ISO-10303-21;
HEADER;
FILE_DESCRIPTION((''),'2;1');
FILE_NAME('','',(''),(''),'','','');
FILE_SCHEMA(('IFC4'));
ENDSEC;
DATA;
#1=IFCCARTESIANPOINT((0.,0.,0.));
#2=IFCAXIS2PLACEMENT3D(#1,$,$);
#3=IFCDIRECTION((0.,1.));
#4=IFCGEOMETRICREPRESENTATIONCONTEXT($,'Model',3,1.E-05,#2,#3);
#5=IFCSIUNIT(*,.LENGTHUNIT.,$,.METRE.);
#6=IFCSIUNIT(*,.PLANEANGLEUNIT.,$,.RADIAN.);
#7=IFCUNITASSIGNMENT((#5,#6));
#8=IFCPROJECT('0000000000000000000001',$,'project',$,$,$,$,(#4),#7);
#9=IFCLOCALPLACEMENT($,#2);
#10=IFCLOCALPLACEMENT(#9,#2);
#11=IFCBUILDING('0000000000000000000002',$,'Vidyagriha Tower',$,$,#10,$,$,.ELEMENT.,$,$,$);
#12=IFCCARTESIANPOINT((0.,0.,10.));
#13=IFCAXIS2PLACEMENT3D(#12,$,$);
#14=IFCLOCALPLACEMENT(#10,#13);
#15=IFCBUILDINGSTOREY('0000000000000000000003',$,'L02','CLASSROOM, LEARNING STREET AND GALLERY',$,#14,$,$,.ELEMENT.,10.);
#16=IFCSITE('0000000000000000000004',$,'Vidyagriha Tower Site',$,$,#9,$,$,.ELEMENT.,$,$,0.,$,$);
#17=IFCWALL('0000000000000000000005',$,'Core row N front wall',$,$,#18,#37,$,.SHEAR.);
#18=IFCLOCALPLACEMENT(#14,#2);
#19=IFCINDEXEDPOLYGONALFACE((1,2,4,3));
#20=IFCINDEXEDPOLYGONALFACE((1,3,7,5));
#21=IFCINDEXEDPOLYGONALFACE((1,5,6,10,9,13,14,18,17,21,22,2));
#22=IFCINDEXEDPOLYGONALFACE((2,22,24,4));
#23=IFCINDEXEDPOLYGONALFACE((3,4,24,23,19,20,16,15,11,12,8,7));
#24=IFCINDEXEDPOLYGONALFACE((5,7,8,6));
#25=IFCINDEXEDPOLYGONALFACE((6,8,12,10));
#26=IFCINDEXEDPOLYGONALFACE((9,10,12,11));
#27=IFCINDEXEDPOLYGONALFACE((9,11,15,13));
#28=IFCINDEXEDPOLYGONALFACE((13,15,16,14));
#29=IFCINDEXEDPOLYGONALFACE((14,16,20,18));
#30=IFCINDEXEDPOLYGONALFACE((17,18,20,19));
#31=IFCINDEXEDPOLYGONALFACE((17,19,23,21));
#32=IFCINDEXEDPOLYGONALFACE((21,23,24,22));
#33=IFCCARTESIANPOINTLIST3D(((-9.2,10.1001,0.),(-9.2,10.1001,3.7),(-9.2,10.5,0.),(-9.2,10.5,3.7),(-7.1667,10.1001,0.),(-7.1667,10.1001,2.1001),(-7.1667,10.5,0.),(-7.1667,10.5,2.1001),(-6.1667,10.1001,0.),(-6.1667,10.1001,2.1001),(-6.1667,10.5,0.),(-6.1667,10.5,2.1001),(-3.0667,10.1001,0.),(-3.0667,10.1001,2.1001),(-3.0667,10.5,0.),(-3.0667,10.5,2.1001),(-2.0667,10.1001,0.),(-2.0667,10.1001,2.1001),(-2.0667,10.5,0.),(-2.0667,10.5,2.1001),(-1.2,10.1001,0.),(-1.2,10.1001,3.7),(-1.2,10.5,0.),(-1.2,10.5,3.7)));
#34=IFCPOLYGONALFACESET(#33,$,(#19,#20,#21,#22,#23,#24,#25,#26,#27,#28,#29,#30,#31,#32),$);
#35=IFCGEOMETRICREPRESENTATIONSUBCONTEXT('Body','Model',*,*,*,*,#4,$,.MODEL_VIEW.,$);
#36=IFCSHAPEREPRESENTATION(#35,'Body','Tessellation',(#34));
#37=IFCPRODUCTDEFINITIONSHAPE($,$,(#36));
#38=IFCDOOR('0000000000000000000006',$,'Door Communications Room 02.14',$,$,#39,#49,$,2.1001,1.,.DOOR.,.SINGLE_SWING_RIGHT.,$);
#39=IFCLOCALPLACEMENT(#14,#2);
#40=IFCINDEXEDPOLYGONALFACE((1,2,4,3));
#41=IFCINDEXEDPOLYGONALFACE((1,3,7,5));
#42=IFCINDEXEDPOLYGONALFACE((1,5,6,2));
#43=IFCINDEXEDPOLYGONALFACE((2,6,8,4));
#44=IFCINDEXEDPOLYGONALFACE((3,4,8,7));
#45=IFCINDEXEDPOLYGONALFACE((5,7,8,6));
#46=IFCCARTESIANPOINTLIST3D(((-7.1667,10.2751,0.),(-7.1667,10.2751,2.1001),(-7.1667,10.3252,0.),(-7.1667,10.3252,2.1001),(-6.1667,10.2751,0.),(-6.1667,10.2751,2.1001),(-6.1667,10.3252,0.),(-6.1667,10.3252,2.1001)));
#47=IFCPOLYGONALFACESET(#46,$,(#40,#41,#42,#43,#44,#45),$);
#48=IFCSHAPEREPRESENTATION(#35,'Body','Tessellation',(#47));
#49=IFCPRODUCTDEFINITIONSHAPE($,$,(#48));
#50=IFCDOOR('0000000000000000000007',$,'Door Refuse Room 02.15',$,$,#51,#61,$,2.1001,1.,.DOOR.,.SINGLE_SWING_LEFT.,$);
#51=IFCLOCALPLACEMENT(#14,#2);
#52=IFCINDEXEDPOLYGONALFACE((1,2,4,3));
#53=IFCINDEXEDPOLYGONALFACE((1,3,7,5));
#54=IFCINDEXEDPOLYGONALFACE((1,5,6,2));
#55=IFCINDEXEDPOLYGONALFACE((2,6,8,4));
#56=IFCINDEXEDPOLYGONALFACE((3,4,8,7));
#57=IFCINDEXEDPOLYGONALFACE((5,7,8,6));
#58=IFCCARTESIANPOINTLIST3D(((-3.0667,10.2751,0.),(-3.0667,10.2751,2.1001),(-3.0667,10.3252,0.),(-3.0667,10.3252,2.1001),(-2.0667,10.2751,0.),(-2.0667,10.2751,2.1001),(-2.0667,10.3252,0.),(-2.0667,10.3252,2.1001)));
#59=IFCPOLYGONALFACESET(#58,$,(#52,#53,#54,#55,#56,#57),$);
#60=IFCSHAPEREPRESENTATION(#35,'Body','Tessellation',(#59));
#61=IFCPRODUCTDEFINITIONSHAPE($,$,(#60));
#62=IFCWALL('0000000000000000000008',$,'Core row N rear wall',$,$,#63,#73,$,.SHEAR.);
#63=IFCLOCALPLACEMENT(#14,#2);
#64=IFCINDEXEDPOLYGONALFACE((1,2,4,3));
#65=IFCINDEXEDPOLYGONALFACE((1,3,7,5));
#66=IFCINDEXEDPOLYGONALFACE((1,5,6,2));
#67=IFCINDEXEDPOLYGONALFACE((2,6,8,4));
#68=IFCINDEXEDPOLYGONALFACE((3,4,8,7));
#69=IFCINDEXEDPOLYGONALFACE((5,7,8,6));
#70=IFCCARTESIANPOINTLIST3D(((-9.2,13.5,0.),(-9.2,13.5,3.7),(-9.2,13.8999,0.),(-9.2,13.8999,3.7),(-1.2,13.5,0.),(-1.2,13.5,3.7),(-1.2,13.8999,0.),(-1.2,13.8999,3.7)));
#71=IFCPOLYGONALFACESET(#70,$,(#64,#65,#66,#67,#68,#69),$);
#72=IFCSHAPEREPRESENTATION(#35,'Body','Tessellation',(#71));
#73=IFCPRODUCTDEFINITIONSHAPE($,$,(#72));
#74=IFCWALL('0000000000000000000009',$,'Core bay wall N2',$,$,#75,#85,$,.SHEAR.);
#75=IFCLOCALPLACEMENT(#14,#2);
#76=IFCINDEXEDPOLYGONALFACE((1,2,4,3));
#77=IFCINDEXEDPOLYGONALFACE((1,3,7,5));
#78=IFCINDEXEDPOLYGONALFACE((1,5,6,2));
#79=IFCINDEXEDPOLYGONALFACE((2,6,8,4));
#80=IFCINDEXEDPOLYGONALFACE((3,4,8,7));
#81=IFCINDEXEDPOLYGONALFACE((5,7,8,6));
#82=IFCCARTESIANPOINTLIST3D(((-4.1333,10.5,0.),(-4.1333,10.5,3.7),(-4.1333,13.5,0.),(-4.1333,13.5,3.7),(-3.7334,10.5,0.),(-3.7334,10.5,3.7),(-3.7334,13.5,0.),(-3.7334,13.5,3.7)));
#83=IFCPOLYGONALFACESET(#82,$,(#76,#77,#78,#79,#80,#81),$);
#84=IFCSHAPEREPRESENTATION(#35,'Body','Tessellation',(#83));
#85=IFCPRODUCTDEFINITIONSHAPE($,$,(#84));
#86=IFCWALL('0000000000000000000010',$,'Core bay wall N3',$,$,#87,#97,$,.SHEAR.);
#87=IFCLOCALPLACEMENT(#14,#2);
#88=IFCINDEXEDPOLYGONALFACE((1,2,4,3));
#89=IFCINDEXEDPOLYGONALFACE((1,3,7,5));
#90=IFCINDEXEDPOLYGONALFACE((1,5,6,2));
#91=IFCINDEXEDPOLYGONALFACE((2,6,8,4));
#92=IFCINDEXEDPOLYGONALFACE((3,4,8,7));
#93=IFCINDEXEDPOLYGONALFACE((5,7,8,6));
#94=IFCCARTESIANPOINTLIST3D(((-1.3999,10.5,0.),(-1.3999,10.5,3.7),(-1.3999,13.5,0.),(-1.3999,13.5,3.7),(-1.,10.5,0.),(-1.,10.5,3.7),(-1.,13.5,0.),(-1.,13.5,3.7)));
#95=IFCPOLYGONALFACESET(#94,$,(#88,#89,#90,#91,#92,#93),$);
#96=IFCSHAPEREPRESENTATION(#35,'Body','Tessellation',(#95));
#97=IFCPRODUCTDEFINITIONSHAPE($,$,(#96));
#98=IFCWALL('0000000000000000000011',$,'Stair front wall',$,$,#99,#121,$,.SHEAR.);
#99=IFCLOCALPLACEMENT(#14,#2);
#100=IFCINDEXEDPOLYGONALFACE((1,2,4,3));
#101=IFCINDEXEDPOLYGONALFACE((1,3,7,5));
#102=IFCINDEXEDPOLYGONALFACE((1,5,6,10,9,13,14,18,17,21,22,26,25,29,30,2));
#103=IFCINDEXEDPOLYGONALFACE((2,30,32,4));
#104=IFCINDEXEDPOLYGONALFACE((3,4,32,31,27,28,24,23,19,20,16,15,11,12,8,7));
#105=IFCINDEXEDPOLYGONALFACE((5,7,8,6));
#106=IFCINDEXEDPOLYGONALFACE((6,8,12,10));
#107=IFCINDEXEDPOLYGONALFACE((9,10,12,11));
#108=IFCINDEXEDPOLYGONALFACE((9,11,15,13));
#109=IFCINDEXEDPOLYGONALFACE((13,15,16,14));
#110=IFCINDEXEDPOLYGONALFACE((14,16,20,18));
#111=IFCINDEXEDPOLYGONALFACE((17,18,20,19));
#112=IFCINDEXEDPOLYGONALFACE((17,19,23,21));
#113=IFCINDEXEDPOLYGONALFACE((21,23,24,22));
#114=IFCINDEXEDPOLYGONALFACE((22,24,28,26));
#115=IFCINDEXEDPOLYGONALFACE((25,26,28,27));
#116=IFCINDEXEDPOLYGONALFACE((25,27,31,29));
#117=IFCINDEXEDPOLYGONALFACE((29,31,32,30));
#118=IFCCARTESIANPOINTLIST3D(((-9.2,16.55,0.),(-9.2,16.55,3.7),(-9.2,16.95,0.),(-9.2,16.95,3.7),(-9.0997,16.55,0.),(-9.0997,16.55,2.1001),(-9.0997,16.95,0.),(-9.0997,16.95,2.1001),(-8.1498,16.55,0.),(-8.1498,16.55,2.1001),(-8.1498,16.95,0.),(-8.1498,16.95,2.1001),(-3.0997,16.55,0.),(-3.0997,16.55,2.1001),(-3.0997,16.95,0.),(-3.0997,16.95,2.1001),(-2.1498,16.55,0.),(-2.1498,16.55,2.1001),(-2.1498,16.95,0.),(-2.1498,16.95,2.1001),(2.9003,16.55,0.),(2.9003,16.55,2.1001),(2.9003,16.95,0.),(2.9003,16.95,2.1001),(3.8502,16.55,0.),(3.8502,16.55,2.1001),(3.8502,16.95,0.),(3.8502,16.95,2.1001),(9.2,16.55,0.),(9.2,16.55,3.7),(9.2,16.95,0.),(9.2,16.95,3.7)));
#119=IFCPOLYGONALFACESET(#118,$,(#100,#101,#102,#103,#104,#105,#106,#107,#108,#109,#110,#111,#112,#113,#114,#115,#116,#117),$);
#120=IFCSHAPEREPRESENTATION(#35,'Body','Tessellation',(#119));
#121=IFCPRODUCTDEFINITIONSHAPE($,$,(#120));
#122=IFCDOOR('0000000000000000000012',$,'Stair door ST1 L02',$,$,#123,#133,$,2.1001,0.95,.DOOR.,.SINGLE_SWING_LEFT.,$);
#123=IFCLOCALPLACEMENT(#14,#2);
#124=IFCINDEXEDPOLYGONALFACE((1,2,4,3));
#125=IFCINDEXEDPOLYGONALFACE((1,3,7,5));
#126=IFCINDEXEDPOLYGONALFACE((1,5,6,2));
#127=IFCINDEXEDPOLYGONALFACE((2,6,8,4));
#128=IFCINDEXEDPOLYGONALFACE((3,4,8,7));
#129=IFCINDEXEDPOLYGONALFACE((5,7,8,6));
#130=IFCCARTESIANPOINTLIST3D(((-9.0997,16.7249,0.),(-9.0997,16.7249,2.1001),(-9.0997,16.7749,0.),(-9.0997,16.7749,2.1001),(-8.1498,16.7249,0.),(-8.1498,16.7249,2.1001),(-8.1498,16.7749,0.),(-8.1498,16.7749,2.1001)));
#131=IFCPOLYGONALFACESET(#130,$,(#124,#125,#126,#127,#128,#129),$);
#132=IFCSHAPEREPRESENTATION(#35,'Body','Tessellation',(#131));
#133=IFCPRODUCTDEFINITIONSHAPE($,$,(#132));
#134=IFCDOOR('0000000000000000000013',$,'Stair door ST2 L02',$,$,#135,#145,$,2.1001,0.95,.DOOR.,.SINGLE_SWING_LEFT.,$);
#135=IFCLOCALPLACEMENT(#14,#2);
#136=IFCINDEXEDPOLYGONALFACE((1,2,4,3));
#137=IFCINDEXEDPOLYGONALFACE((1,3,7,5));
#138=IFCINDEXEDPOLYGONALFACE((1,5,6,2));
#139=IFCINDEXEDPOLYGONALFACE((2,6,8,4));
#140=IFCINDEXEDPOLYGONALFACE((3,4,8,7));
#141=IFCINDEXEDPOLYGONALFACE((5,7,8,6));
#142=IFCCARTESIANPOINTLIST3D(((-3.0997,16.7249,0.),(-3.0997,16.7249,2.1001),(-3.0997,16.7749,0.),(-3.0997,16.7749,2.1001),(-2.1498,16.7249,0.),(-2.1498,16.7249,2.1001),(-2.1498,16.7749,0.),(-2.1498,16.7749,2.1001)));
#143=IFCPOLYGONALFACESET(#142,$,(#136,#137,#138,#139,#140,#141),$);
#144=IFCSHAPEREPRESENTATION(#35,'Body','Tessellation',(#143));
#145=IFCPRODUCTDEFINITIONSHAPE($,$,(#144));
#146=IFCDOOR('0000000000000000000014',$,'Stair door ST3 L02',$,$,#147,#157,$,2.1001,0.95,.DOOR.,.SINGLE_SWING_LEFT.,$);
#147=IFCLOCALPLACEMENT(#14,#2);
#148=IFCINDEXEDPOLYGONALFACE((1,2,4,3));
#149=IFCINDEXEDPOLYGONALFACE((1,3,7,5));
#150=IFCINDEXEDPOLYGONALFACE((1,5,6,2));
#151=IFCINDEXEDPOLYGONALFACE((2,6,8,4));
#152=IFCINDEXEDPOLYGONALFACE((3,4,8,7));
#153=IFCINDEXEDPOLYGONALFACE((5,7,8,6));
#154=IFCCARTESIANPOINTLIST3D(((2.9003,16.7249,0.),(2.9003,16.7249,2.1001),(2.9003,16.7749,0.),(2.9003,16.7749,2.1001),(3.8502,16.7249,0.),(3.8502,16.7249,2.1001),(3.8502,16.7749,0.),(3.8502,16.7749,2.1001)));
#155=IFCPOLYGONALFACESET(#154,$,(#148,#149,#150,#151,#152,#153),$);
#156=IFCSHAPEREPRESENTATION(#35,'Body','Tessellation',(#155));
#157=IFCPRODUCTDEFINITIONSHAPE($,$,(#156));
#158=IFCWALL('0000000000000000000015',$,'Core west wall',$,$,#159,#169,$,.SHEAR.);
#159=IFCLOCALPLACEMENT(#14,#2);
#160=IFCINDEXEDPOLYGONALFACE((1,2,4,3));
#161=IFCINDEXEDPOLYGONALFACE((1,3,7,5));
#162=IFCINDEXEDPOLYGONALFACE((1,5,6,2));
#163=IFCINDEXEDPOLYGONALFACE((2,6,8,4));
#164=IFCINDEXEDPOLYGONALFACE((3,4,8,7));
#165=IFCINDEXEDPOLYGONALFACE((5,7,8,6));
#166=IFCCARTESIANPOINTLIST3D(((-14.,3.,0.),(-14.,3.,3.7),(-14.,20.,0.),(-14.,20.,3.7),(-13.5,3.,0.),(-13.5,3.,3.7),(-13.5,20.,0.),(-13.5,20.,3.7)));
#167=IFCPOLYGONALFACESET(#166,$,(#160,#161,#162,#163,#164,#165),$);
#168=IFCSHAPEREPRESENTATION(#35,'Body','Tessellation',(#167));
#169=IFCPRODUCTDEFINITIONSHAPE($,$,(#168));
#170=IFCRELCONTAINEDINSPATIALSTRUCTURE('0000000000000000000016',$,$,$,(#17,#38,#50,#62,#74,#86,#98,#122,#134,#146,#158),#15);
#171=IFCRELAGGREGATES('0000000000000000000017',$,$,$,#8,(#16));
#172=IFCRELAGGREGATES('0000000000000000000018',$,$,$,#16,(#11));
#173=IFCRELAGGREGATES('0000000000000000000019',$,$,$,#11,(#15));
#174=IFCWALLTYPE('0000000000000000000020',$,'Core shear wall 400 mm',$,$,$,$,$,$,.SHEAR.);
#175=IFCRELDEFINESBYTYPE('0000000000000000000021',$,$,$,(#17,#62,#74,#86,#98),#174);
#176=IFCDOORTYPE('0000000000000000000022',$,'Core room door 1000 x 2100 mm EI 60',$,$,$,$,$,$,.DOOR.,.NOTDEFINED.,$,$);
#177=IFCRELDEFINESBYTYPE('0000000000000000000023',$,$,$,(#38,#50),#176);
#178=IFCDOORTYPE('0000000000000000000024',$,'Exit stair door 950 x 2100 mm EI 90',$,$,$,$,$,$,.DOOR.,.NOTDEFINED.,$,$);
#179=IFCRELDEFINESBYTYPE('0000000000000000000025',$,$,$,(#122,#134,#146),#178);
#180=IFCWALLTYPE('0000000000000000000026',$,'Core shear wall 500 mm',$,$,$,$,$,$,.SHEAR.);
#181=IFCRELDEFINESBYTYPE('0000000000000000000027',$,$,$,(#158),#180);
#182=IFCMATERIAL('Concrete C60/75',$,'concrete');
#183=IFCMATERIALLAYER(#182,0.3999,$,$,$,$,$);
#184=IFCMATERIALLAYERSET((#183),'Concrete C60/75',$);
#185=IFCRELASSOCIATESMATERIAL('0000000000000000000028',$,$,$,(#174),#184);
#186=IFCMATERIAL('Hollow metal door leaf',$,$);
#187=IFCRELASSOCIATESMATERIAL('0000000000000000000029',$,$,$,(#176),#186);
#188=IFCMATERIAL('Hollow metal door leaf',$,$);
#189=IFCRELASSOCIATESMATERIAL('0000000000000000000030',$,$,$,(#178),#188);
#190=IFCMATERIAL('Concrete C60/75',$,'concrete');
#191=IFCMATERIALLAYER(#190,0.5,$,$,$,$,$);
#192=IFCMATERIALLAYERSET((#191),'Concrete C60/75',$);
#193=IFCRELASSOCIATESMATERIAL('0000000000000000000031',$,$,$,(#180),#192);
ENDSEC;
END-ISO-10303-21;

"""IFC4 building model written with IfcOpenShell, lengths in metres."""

from ifc_helpers import new_model, si_unit, direction, frame, frame_2d, origin, place, context, subcontext, project, spatial, rectangle, extrude, material, layer, layer_set, type_object, element, fill, save


model = new_model("IFC4")

# Units and contexts
model_context = context("Model", 3, precision=1e-05, world=origin(), true_north=direction((0.0, 1.0)))
body_context = subcontext(model_context, "Body", "Model", "MODEL_VIEW")
ifc_project = project(units=[si_unit("LENGTHUNIT", "METRE"), si_unit("PLANEANGLEUNIT", "RADIAN")], contexts=[model_context])

# Site, building, storey
site_placement = place(None, origin())
site = spatial("IfcSite", under=ifc_project, at=site_placement, Name="Vidyagriha Tower Site", CompositionType="ELEMENT", RefElevation=0.0)
building_placement = place(site_placement, origin())
building = spatial("IfcBuilding", under=site, at=building_placement, Name="Vidyagriha Tower", CompositionType="ELEMENT")
storey_placement = place(building_placement, frame((0.0, 0.0, 10.0)))
storey = spatial("IfcBuildingStorey", under=building, at=storey_placement, Name="L02", Description="CLASSROOM, LEARNING STREET AND GALLERY", CompositionType="ELEMENT", Elevation=10.0)

# Shared definitions
ifc_material_1 = material(Name="Concrete C60/75", Category="concrete")
ifc_layer_1 = layer(ifc_material_1, 0.3999)
ifc_layer_set_1 = layer_set([ifc_layer_1], Name="Concrete C60/75")
wall_type_1 = type_object("IfcWallType", Name="Core shear wall 400 mm", PredefinedType="SHEAR", material=ifc_layer_set_1)
ifc_material_2 = material(Name="Hollow metal door leaf")
door_type_1 = type_object("IfcDoorType", Name="Core room door 1000 x 2100 mm EI 60", OperationType="NOTDEFINED", PredefinedType="DOOR", material=ifc_material_2)

# Wall, openings, doors
wall_1_placement = place(storey_placement, frame((-9.2, 10.3, 0.0)))
wall_1 = element("IfcWall", 1, at=wall_1_placement, inside=storey, type_object=wall_type_1, Name="Core row N front wall", PredefinedType="SHEAR", context=body_context, shape_type="SweptSolid", body=[
    extrude(rectangle(XDim=8.0, YDim=0.3999, at=frame_2d((4.0, 0.0))), origin(), (0.0, 0.0, 1.0), 3.7),
])
opening_1_placement = place(wall_1_placement, frame((2.0332, 0.0, 0.0)))
opening_1 = element("IfcOpeningElement", 2, at=opening_1_placement, cuts=wall_1, PredefinedType="OPENING", context=body_context, shape_type="SweptSolid", body=[
    extrude(rectangle(XDim=1.0, YDim=2.1001, at=frame_2d((0.5, 1.05))), frame((0.0, 0.21, 0.0), z_axis=(0.0, -1.0, 0.0), x_axis=(1.0, 0.0, 0.0)), (0.0, 0.0, 1.0), 0.4199),
])
opening_2_placement = place(wall_1_placement, frame((6.1333, 0.0, 0.0)))
opening_2 = element("IfcOpeningElement", 3, at=opening_2_placement, cuts=wall_1, PredefinedType="OPENING", context=body_context, shape_type="SweptSolid", body=[
    extrude(rectangle(XDim=1.0, YDim=2.1001, at=frame_2d((0.5, 1.05))), frame((0.0, 0.21, 0.0), z_axis=(0.0, -1.0, 0.0), x_axis=(1.0, 0.0, 0.0)), (0.0, 0.0, 1.0), 0.4199),
])
door_1_placement = place(opening_1_placement, frame((1.0, 0.0, 0.0), z_axis=(0.0, 0.0, 1.0), x_axis=(-1.0, 0.0, 0.0)))
door_1 = element("IfcDoor", 4, at=door_1_placement, inside=storey, type_object=door_type_1, Name="Door Communications Room 02.14", OperationType="SINGLE_SWING_RIGHT", OverallHeight=2.1001, OverallWidth=1.0, PredefinedType="DOOR", context=body_context, shape_type="SweptSolid", body=[
    extrude(rectangle(XDim=1.0, YDim=2.1001, at=frame_2d((0.5, 1.05))), frame((0.0, 0.0249, 0.0), z_axis=(0.0, -1.0, 0.0), x_axis=(1.0, 0.0, 0.0)), (0.0, 0.0, 1.0), 0.05),
])
fill(opening_1, door_1)
door_2_placement = place(opening_2_placement, frame((1.0, 0.0, 0.0), z_axis=(0.0, 0.0, 1.0), x_axis=(-1.0, 0.0, 0.0)))
door_2 = element("IfcDoor", 5, at=door_2_placement, inside=storey, type_object=door_type_1, Name="Door Refuse Room 02.15", OperationType="SINGLE_SWING_LEFT", OverallHeight=2.1001, OverallWidth=1.0, PredefinedType="DOOR", context=body_context, shape_type="SweptSolid", body=[
    extrude(rectangle(XDim=1.0, YDim=2.1001, at=frame_2d((0.5, 1.05))), frame((0.0, 0.0249, 0.0), z_axis=(0.0, -1.0, 0.0), x_axis=(1.0, 0.0, 0.0)), (0.0, 0.0, 1.0), 0.05),
])
fill(opening_2, door_2)

# Walls
wall_2_placement = place(storey_placement, frame((-9.2, 13.7, 0.0)))
element("IfcWall", 6, at=wall_2_placement, inside=storey, type_object=wall_type_1, Name="Core row N rear wall", PredefinedType="SHEAR", context=body_context, shape_type="SweptSolid", body=[
    extrude(rectangle(XDim=8.0, YDim=0.3999, at=frame_2d((4.0, 0.0))), origin(), (0.0, 0.0, 1.0), 3.7),
])
for number, where, z_axis, x_axis, name in (
    (7, (-3.9333, 10.5, 0.0), (0.0, 0.0, 1.0), (0.0, 1.0, 0.0), "Core bay wall N2"),
    (8, (-1.2, 10.5, 0.0), (0.0, 0.0, 1.0), (0.0, 1.0, 0.0), "Core bay wall N3"),
):
    element("IfcWall", number, at=place(storey_placement, frame(where, z_axis=z_axis, x_axis=x_axis)), inside=storey, type_object=wall_type_1, Name=name, PredefinedType="SHEAR", context=body_context, shape_type="SweptSolid", body=[
        extrude(rectangle(XDim=3.0, YDim=0.3999, at=frame_2d((1.5, 0.0))), origin(), (0.0, 0.0, 1.0), 3.7),
    ])

# Wall, openings, doors
wall_3_placement = place(storey_placement, frame((-9.2, 16.75, 0.0)))
wall_3 = element("IfcWall", 9, at=wall_3_placement, inside=storey, type_object=wall_type_1, Name="Stair front wall", PredefinedType="SHEAR", context=body_context, shape_type="SweptSolid", body=[
    extrude(rectangle(XDim=18.3999, YDim=0.3999, at=frame_2d((9.2, 0.0))), origin(), (0.0, 0.0, 1.0), 3.7),
])
opening_3_placement = place(wall_3_placement, frame((0.1001, 0.0, 0.0)))
opening_3 = element("IfcOpeningElement", 10, at=opening_3_placement, cuts=wall_3, PredefinedType="OPENING", context=body_context, shape_type="SweptSolid", body=[
    extrude(rectangle(XDim=0.95, YDim=2.1001, at=frame_2d((0.4751, 1.05))), frame((0.0, 0.21, 0.0), z_axis=(0.0, -1.0, 0.0), x_axis=(1.0, 0.0, 0.0)), (0.0, 0.0, 1.0), 0.4199),
])
opening_4_placement = place(wall_3_placement, frame((6.1001, 0.0, 0.0)))
opening_4 = element("IfcOpeningElement", 11, at=opening_4_placement, cuts=wall_3, PredefinedType="OPENING", context=body_context, shape_type="SweptSolid", body=[
    extrude(rectangle(XDim=0.95, YDim=2.1001, at=frame_2d((0.4751, 1.05))), frame((0.0, 0.21, 0.0), z_axis=(0.0, -1.0, 0.0), x_axis=(1.0, 0.0, 0.0)), (0.0, 0.0, 1.0), 0.4199),
])
opening_5_placement = place(wall_3_placement, frame((12.1001, 0.0, 0.0)))
opening_5 = element("IfcOpeningElement", 12, at=opening_5_placement, cuts=wall_3, PredefinedType="OPENING", context=body_context, shape_type="SweptSolid", body=[
    extrude(rectangle(XDim=0.95, YDim=2.1001, at=frame_2d((0.4751, 1.05))), frame((0.0, 0.21, 0.0), z_axis=(0.0, -1.0, 0.0), x_axis=(1.0, 0.0, 0.0)), (0.0, 0.0, 1.0), 0.4199),
])
ifc_material_3 = material(Name="Hollow metal door leaf")
door_type_2 = type_object("IfcDoorType", Name="Exit stair door 950 x 2100 mm EI 90", OperationType="NOTDEFINED", PredefinedType="DOOR", material=ifc_material_3)
door_3_placement = place(opening_3_placement, origin())
door_3 = element("IfcDoor", 13, at=door_3_placement, inside=storey, type_object=door_type_2, Name="Stair door ST1 L02", OperationType="SINGLE_SWING_LEFT", OverallHeight=2.1001, OverallWidth=0.95, PredefinedType="DOOR", context=body_context, shape_type="SweptSolid", body=[
    extrude(rectangle(XDim=0.95, YDim=2.1001, at=frame_2d((0.4751, 1.05))), frame((0.0, 0.0249, 0.0), z_axis=(0.0, -1.0, 0.0), x_axis=(1.0, 0.0, 0.0)), (0.0, 0.0, 1.0), 0.05),
])
fill(opening_3, door_3)
door_4_placement = place(opening_4_placement, origin())
door_4 = element("IfcDoor", 14, at=door_4_placement, inside=storey, type_object=door_type_2, Name="Stair door ST2 L02", OperationType="SINGLE_SWING_LEFT", OverallHeight=2.1001, OverallWidth=0.95, PredefinedType="DOOR", context=body_context, shape_type="SweptSolid", body=[
    extrude(rectangle(XDim=0.95, YDim=2.1001, at=frame_2d((0.4751, 1.05))), frame((0.0, 0.0249, 0.0), z_axis=(0.0, -1.0, 0.0), x_axis=(1.0, 0.0, 0.0)), (0.0, 0.0, 1.0), 0.05),
])
fill(opening_4, door_4)
door_5_placement = place(opening_5_placement, origin())
door_5 = element("IfcDoor", 15, at=door_5_placement, inside=storey, type_object=door_type_2, Name="Stair door ST3 L02", OperationType="SINGLE_SWING_LEFT", OverallHeight=2.1001, OverallWidth=0.95, PredefinedType="DOOR", context=body_context, shape_type="SweptSolid", body=[
    extrude(rectangle(XDim=0.95, YDim=2.1001, at=frame_2d((0.4751, 1.05))), frame((0.0, 0.0249, 0.0), z_axis=(0.0, -1.0, 0.0), x_axis=(1.0, 0.0, 0.0)), (0.0, 0.0, 1.0), 0.05),
])
fill(opening_5, door_5)

# Wall
ifc_material_4 = material(Name="Concrete C60/75", Category="concrete")
ifc_layer_2 = layer(ifc_material_4, 0.5)
ifc_layer_set_2 = layer_set([ifc_layer_2], Name="Concrete C60/75")
wall_type_2 = type_object("IfcWallType", Name="Core shear wall 500 mm", PredefinedType="SHEAR", material=ifc_layer_set_2)
wall_4_placement = place(storey_placement, frame((-13.75, 3.0, 0.0), z_axis=(0.0, 0.0, 1.0), x_axis=(0.0, 1.0, 0.0)))
element("IfcWall", 16, at=wall_4_placement, inside=storey, type_object=wall_type_2, Name="Core west wall", PredefinedType="SHEAR", context=body_context, shape_type="SweptSolid", body=[
    extrude(rectangle(XDim=17.0, YDim=0.5, at=frame_2d((8.5, 0.0))), origin(), (0.0, 0.0, 1.0), 3.7),
])

save(model, "model.ifc")
